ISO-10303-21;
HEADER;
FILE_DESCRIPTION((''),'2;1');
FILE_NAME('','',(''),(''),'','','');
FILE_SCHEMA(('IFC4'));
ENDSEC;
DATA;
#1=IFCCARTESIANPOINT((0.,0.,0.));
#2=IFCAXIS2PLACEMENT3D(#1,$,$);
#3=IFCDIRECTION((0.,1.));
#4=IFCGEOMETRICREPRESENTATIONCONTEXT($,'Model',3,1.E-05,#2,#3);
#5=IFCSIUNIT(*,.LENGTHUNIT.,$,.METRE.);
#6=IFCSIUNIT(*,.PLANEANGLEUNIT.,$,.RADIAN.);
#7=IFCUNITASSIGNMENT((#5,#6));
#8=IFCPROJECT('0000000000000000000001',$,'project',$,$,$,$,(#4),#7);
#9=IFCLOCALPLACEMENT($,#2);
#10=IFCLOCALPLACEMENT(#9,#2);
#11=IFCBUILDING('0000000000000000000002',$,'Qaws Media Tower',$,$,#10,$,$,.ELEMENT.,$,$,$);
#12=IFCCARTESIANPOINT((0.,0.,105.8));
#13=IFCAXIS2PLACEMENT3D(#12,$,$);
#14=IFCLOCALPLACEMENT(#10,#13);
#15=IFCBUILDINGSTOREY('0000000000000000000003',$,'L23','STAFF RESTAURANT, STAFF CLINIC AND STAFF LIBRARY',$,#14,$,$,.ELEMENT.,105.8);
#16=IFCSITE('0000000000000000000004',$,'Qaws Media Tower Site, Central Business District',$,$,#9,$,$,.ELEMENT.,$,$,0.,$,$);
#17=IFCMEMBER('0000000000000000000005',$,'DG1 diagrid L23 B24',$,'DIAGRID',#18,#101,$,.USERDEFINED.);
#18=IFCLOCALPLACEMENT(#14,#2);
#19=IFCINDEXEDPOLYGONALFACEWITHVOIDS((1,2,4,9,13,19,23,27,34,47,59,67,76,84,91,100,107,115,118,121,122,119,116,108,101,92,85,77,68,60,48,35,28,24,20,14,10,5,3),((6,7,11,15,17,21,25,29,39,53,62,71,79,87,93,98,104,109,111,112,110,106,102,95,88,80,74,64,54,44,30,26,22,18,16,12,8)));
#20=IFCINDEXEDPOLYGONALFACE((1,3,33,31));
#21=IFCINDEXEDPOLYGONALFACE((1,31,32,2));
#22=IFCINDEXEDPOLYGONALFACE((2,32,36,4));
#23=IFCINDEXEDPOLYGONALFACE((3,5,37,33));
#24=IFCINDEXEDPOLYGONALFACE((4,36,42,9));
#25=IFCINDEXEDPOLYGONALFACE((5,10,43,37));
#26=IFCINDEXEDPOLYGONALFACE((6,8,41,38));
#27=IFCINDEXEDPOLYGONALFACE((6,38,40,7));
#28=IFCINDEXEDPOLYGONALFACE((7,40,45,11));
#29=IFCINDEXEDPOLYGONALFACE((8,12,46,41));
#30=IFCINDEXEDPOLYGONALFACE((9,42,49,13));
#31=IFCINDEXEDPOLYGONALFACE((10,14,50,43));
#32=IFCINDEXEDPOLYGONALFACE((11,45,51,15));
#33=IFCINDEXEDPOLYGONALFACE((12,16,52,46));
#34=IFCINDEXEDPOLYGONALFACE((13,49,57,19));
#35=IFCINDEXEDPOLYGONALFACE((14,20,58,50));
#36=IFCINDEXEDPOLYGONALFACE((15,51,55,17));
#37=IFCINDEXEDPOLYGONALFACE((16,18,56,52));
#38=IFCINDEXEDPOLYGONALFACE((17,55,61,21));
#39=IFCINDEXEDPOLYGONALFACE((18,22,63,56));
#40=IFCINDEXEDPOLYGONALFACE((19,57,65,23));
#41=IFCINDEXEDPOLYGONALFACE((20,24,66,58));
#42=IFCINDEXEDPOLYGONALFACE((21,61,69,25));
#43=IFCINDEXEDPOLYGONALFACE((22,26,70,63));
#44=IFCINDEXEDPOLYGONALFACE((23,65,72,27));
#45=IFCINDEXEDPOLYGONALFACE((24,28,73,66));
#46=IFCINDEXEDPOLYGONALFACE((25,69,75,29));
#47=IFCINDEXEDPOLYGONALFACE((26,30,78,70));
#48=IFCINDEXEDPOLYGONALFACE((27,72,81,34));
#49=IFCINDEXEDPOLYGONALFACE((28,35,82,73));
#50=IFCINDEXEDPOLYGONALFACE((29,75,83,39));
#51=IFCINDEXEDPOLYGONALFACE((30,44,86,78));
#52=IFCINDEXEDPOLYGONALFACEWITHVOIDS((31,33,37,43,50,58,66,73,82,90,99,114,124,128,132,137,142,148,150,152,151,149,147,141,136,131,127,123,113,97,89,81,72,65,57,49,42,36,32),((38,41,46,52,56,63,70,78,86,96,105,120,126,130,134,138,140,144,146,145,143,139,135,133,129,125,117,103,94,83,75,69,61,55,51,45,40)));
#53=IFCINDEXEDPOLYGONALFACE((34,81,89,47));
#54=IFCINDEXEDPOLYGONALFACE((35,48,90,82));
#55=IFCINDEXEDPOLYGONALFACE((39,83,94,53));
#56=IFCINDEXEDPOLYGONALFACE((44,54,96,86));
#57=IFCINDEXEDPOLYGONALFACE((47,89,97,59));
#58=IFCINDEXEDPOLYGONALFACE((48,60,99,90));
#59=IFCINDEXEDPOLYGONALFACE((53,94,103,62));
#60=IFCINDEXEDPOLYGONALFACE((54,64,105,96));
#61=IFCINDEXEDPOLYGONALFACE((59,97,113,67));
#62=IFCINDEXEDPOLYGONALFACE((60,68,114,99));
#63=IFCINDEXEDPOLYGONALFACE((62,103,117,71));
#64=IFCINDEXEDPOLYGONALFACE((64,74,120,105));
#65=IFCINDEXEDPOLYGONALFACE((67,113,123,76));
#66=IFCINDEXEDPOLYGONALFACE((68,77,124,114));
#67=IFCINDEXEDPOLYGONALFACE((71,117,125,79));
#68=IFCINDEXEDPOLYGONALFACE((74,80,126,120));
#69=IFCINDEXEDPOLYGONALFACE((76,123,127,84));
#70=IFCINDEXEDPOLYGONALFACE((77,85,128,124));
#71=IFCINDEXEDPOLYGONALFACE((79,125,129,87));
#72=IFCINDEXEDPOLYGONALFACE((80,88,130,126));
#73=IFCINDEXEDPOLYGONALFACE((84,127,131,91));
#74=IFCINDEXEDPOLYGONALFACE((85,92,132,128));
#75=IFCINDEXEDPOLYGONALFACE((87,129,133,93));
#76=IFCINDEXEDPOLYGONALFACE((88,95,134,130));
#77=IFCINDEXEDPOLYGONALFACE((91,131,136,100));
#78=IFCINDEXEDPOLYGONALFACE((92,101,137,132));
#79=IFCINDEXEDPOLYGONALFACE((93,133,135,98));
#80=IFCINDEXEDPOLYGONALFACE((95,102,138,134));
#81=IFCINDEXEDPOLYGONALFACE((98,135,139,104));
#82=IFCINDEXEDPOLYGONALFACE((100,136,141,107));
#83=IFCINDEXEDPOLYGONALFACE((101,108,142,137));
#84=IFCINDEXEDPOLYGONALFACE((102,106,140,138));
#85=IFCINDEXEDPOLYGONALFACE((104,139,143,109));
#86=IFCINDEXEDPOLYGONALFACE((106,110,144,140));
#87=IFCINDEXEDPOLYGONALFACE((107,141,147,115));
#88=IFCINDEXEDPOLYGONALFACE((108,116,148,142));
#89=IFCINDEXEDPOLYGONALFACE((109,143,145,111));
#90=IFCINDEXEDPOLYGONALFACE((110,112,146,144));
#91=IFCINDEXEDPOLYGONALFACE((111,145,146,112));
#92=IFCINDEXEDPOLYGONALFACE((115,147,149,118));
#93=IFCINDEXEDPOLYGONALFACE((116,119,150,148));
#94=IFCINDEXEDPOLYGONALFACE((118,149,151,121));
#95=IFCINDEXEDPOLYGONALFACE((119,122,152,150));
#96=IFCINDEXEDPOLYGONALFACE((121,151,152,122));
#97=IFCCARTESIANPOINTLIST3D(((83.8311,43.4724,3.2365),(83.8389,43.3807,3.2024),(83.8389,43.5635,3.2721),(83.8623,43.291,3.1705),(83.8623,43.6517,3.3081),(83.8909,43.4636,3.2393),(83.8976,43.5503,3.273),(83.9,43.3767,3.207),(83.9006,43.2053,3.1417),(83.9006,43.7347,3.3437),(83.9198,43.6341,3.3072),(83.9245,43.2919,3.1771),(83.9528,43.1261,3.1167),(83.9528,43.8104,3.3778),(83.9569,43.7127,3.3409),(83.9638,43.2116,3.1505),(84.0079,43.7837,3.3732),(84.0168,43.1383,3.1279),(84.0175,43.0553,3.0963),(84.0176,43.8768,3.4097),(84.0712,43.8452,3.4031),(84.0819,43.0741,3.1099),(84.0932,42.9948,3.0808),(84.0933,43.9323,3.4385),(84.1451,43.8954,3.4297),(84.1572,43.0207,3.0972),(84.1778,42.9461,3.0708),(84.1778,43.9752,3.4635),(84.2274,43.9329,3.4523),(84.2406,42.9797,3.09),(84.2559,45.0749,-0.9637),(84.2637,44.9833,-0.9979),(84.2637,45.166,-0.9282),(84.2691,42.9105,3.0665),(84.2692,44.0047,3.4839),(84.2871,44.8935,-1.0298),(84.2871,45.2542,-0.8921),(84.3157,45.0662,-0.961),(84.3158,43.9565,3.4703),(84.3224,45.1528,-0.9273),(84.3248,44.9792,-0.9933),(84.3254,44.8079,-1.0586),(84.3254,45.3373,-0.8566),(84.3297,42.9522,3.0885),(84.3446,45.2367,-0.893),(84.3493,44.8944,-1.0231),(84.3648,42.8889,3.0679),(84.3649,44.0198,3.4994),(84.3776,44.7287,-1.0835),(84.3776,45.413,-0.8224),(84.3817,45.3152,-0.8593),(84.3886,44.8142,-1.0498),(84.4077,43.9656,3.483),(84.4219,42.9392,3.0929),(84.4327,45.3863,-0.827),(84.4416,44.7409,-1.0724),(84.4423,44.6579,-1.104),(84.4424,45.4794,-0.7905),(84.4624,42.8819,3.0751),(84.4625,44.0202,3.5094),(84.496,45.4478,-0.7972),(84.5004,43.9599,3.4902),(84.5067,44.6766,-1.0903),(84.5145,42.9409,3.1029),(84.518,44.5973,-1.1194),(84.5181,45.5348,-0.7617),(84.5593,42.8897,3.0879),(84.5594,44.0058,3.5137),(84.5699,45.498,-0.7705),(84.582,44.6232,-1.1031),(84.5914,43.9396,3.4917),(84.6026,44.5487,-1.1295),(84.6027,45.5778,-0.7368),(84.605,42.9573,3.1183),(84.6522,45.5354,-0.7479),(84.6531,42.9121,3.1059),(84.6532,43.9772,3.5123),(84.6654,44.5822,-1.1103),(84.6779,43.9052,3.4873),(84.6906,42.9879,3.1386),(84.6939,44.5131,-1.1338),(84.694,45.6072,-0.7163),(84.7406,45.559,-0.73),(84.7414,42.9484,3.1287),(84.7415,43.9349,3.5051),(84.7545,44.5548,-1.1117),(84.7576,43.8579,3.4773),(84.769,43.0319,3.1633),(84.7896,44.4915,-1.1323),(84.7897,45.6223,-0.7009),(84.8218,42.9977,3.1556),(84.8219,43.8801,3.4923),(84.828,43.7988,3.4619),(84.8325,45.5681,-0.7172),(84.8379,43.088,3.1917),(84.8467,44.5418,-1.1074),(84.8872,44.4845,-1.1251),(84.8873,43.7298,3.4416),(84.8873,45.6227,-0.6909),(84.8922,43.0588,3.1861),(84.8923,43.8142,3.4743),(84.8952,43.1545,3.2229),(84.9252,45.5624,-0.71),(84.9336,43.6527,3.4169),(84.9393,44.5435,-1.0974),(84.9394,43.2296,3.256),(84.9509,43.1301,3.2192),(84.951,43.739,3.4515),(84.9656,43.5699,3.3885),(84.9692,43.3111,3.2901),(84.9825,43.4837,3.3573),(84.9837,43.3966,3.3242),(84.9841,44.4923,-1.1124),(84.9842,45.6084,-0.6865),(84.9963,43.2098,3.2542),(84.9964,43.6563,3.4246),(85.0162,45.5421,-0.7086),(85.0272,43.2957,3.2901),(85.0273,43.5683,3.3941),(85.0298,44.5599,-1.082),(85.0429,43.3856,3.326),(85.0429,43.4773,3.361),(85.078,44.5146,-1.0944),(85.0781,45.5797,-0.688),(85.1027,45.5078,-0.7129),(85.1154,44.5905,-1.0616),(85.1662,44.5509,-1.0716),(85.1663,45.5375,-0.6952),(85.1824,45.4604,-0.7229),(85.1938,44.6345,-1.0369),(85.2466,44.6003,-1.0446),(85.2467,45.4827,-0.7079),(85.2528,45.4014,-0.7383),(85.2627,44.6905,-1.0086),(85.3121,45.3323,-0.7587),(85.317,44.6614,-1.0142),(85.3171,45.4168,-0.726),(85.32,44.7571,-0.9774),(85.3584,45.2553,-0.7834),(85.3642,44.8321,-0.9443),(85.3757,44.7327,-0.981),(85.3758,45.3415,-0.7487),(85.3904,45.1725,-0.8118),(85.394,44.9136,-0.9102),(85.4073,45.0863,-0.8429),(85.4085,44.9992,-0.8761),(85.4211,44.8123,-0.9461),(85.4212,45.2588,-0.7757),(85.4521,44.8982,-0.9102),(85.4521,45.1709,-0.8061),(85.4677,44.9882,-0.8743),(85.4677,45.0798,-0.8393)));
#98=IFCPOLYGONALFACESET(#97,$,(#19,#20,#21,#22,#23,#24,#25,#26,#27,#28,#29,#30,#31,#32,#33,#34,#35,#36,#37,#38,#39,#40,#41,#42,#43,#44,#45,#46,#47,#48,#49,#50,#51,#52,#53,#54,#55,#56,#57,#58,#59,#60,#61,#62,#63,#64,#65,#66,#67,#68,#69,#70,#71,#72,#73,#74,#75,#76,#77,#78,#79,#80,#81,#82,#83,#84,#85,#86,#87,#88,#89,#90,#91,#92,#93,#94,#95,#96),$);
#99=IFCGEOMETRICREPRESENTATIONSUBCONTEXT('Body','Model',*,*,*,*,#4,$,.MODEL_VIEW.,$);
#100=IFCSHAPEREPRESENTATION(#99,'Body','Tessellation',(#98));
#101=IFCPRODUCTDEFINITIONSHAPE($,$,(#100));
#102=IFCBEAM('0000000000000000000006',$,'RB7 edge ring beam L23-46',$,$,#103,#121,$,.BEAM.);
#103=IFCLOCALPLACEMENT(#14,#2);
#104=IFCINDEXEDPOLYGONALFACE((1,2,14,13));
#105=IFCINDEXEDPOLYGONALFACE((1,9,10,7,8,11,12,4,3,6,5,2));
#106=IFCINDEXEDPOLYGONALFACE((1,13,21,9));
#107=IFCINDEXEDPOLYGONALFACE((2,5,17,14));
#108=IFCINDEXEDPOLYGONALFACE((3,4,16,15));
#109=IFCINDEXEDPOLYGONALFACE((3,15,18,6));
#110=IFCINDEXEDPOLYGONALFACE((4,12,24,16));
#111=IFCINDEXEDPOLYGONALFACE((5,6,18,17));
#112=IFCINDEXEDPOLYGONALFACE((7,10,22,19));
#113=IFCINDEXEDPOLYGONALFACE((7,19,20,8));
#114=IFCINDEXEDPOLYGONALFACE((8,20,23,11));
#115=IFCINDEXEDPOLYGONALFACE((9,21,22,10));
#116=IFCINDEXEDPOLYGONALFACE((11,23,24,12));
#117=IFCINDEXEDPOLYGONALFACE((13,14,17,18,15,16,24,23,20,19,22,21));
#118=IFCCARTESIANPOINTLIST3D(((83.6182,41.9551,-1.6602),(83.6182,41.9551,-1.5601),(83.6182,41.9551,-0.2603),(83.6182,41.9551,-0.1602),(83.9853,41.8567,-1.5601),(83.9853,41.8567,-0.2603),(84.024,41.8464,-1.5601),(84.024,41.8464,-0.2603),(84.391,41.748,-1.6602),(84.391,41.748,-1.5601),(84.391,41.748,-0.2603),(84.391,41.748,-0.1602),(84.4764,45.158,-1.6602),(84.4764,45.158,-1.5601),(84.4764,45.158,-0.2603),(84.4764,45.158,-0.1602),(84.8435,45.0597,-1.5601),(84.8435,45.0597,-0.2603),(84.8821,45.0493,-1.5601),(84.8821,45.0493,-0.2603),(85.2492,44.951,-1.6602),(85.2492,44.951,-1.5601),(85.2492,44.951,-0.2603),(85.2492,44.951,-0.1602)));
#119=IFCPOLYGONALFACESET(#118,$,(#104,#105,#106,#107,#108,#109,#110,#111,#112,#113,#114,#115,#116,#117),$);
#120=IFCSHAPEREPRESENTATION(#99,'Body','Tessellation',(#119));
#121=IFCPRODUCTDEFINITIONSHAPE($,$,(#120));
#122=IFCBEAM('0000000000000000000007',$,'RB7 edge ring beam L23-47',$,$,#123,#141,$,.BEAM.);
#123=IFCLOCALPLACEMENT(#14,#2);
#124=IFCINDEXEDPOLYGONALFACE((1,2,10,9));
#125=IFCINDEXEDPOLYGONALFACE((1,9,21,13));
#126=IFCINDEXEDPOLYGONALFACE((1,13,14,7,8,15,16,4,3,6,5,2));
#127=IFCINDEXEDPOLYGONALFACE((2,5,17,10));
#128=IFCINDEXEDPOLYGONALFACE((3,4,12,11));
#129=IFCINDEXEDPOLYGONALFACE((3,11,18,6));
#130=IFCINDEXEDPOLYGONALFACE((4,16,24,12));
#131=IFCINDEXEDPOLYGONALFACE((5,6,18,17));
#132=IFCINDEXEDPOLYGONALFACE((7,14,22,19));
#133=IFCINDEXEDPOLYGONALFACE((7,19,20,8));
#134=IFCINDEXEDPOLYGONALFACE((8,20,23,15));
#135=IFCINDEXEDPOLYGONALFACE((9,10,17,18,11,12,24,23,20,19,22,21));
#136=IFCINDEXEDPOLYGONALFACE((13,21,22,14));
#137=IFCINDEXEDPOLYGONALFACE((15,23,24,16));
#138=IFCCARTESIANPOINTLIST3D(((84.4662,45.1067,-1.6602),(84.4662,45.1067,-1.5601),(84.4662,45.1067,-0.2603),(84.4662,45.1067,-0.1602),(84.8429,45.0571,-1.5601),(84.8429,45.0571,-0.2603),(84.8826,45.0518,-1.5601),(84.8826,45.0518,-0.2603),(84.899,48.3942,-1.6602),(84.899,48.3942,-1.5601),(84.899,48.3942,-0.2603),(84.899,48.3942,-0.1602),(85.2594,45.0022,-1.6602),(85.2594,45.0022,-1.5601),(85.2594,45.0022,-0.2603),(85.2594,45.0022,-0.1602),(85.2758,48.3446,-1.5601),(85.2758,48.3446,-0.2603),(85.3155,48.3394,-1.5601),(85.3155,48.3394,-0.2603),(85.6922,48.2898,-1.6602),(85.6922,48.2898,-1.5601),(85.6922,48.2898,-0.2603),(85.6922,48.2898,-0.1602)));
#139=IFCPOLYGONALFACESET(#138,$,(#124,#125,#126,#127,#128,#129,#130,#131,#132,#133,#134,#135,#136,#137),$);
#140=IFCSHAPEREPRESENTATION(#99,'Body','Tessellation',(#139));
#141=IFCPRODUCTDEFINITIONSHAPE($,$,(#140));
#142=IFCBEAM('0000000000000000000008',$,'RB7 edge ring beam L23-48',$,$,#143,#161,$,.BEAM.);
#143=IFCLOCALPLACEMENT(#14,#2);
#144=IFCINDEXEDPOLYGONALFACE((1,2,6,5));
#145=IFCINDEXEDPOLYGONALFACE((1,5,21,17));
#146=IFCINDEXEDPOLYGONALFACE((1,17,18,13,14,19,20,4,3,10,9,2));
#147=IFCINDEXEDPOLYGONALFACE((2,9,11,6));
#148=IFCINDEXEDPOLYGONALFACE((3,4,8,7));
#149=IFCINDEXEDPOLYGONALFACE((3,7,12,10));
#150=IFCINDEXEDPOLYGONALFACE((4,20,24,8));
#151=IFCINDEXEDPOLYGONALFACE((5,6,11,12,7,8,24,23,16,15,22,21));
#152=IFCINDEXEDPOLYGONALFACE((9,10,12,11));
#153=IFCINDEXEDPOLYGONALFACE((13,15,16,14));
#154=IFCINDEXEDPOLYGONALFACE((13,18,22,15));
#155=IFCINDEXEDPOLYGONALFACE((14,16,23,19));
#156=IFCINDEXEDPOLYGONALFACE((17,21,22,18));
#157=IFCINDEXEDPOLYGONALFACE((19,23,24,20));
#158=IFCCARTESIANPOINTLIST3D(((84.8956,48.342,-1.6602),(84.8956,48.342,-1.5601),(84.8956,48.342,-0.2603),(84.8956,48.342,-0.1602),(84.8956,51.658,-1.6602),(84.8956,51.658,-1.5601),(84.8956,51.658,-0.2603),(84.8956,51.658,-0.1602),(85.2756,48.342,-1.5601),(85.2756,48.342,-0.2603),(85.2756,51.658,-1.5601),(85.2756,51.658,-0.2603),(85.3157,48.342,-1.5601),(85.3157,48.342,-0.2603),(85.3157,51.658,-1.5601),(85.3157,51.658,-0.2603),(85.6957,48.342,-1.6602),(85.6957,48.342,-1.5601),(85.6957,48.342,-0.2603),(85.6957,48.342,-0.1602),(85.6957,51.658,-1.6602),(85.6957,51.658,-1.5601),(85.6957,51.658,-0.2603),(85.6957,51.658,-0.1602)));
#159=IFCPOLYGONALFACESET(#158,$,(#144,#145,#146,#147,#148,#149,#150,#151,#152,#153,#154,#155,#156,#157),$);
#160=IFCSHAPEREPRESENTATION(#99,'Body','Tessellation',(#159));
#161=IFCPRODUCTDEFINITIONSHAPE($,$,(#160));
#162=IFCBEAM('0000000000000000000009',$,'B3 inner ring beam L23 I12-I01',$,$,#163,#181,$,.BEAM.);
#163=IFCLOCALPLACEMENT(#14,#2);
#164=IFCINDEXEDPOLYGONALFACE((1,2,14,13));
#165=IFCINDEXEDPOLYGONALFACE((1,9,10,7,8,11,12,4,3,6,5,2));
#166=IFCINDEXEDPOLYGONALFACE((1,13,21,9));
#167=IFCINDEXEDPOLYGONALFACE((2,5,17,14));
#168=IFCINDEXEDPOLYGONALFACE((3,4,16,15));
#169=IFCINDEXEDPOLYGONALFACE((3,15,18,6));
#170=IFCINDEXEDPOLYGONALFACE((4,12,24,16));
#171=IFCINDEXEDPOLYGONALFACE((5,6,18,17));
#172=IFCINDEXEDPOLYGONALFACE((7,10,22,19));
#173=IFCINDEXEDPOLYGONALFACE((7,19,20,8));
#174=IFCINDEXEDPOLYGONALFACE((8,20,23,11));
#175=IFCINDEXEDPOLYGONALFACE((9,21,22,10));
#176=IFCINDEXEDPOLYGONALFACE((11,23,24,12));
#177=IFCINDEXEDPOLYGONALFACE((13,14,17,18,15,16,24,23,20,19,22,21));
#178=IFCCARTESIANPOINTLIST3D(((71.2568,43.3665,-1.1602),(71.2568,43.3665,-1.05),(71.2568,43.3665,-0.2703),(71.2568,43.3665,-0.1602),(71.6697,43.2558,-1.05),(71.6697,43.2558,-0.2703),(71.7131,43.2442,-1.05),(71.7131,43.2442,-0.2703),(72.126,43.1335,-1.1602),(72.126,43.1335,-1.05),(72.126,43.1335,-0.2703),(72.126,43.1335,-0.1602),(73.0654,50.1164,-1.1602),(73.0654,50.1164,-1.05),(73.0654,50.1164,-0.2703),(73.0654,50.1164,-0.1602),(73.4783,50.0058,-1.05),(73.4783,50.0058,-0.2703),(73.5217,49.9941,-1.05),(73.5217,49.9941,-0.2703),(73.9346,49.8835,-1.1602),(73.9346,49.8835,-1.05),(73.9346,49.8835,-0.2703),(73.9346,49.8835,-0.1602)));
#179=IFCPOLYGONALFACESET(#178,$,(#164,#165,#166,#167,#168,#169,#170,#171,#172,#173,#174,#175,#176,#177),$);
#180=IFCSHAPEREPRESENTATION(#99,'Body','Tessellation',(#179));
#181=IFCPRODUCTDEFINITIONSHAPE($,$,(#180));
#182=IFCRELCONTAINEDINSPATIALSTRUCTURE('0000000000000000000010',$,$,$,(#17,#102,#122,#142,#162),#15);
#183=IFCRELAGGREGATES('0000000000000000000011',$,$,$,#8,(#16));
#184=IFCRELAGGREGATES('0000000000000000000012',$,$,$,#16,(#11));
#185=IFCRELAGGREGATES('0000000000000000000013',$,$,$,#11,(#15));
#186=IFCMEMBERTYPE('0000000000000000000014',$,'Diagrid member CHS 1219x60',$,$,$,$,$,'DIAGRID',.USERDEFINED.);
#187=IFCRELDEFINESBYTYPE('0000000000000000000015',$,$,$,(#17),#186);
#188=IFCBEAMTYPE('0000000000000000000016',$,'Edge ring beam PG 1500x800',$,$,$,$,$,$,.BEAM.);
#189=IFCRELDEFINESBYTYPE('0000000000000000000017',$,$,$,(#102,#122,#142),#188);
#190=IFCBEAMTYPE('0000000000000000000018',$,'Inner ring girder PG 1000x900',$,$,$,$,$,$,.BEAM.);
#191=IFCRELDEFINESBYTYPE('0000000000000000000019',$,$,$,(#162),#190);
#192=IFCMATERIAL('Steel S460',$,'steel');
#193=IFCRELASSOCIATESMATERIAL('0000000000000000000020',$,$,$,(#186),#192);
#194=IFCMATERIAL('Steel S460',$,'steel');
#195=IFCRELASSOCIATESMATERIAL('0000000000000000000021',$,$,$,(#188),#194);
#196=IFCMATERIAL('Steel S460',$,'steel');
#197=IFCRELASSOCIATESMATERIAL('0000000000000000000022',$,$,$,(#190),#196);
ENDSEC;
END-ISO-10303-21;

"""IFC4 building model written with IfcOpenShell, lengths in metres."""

from ifc_helpers import new_model, si_unit, direction, frame, origin, origin_2d, place, context, subcontext, project, spatial, hollow_circle, i_section, extrude, material, material_profile, profile_set, type_object, element, save


model = new_model("IFC4")

# Units and contexts
model_context = context("Model", 3, precision=1e-05, world=origin(), true_north=direction((0.0, 1.0)))
body_context = subcontext(model_context, "Body", "Model", "MODEL_VIEW")
ifc_project = project(units=[si_unit("LENGTHUNIT", "METRE"), si_unit("PLANEANGLEUNIT", "RADIAN")], contexts=[model_context])

# Site, building, storey
site_placement = place(None, origin())
site = spatial("IfcSite", under=ifc_project, at=site_placement, Name="Qaws Media Tower Site, Central Business District", CompositionType="ELEMENT", RefElevation=0.0)
building_placement = place(site_placement, origin())
building = spatial("IfcBuilding", under=site, at=building_placement, Name="Qaws Media Tower", CompositionType="ELEMENT")
storey_placement = place(building_placement, frame((0.0, 0.0, 105.8)))
storey = spatial("IfcBuildingStorey", under=building, at=storey_placement, Name="L23", Description="STAFF RESTAURANT, STAFF CLINIC AND STAFF LIBRARY", CompositionType="ELEMENT", Elevation=105.8)

# Member
ifc_material_1 = material(Name="Steel S460", Category="steel")
ifc_material_profile_1 = material_profile(ifc_material_1, hollow_circle(Radius=0.6096, WallThickness=0.0601, at=origin_2d()), Name="CHS 1219x60")
ifc_profile_set_1 = profile_set([ifc_material_profile_1], Name="Steel S460")
member_type_1 = type_object("IfcMemberType", Name="Diagrid member CHS 1219x60", ElementType="DIAGRID", PredefinedType="USERDEFINED", material=ifc_profile_set_1)
for number, where, z_axis, x_axis, name in (
    (1, (84.8628, 45.0544, -0.9102), (-0.094076, -0.354893, 0.930162), (0.966615, -0.256233, 0.0), "DG1 diagrid L23 B24"),
):
    element("IfcMember", number, at=place(storey_placement, frame(where, z_axis=z_axis, x_axis=x_axis)), inside=storey, type_object=member_type_1, Name=name, ObjectType="DIAGRID", PredefinedType="USERDEFINED", context=body_context, shape_type="SweptSolid", body=[
        extrude(hollow_circle(Radius=0.6096, WallThickness=0.0601, at=origin_2d()), origin(), (0.0, 0.0, 1.0), 4.5156),
    ])

# Beams
ifc_material_2 = material(Name="Steel S460", Category="steel")
ifc_material_profile_2 = material_profile(ifc_material_2, i_section(OverallWidth=0.8, OverallDepth=1.5, WebThickness=0.04, FlangeThickness=0.1001, at=origin_2d()), Name="PG 1500x800")
ifc_profile_set_2 = profile_set([ifc_material_profile_2], Name="Steel S460")
beam_type_1 = type_object("IfcBeamType", Name="Edge ring beam PG 1500x800", PredefinedType="BEAM", material=ifc_profile_set_2)
for number, where, z_axis, x_axis, name in (
    (2, (84.0046, 41.8516, -0.9102), (0.258804, 0.96593, 0.0), (-0.96593, 0.258804, 0.0), "RB7 edge ring beam L23-46"),
    (3, (84.8628, 45.0544, -0.9102), (0.130538, 0.991443, 0.0), (-0.991443, 0.130538, 0.0), "RB7 edge ring beam L23-47"),
    (4, (85.2957, 48.342, -0.9102), (0.0, 1.0, 0.0), (-1.0, 0.0, 0.0), "RB7 edge ring beam L23-48"),
):
    element("IfcBeam", number, at=place(storey_placement, frame(where, z_axis=z_axis, x_axis=x_axis)), inside=storey, type_object=beam_type_1, Name=name, PredefinedType="BEAM", context=body_context, shape_type="SweptSolid", body=[
        extrude(i_section(OverallWidth=0.8, OverallDepth=1.5, WebThickness=0.04, FlangeThickness=0.1001, at=origin_2d()), origin(), (0.0, 0.0, 1.0), 3.3159),
    ])
ifc_material_3 = material(Name="Steel S460", Category="steel")
ifc_material_profile_3 = material_profile(ifc_material_3, i_section(OverallWidth=0.8999, OverallDepth=1.0, WebThickness=0.0449, FlangeThickness=0.1101, at=origin_2d()), Name="PG 1000x900")
ifc_profile_set_3 = profile_set([ifc_material_profile_3], Name="Steel S460")
beam_type_2 = type_object("IfcBeamType", Name="Inner ring girder PG 1000x900", PredefinedType="BEAM", material=ifc_profile_set_3)
beam_1_placement = place(storey_placement, frame((71.6914, 43.25, -0.6602), z_axis=(0.258811, 0.965928, 0.0), x_axis=(-0.965928, 0.258811, 0.0)))
element("IfcBeam", 5, at=beam_1_placement, inside=storey, type_object=beam_type_2, Name="B3 inner ring beam L23 I12-I01", PredefinedType="BEAM", context=body_context, shape_type="SweptSolid", body=[
    extrude(i_section(OverallWidth=0.8999, OverallDepth=1.0, WebThickness=0.0449, FlangeThickness=0.1101, at=origin_2d()), origin(), (0.0, 0.0, 1.0), 6.988),
])

save(model, "model.ifc")
